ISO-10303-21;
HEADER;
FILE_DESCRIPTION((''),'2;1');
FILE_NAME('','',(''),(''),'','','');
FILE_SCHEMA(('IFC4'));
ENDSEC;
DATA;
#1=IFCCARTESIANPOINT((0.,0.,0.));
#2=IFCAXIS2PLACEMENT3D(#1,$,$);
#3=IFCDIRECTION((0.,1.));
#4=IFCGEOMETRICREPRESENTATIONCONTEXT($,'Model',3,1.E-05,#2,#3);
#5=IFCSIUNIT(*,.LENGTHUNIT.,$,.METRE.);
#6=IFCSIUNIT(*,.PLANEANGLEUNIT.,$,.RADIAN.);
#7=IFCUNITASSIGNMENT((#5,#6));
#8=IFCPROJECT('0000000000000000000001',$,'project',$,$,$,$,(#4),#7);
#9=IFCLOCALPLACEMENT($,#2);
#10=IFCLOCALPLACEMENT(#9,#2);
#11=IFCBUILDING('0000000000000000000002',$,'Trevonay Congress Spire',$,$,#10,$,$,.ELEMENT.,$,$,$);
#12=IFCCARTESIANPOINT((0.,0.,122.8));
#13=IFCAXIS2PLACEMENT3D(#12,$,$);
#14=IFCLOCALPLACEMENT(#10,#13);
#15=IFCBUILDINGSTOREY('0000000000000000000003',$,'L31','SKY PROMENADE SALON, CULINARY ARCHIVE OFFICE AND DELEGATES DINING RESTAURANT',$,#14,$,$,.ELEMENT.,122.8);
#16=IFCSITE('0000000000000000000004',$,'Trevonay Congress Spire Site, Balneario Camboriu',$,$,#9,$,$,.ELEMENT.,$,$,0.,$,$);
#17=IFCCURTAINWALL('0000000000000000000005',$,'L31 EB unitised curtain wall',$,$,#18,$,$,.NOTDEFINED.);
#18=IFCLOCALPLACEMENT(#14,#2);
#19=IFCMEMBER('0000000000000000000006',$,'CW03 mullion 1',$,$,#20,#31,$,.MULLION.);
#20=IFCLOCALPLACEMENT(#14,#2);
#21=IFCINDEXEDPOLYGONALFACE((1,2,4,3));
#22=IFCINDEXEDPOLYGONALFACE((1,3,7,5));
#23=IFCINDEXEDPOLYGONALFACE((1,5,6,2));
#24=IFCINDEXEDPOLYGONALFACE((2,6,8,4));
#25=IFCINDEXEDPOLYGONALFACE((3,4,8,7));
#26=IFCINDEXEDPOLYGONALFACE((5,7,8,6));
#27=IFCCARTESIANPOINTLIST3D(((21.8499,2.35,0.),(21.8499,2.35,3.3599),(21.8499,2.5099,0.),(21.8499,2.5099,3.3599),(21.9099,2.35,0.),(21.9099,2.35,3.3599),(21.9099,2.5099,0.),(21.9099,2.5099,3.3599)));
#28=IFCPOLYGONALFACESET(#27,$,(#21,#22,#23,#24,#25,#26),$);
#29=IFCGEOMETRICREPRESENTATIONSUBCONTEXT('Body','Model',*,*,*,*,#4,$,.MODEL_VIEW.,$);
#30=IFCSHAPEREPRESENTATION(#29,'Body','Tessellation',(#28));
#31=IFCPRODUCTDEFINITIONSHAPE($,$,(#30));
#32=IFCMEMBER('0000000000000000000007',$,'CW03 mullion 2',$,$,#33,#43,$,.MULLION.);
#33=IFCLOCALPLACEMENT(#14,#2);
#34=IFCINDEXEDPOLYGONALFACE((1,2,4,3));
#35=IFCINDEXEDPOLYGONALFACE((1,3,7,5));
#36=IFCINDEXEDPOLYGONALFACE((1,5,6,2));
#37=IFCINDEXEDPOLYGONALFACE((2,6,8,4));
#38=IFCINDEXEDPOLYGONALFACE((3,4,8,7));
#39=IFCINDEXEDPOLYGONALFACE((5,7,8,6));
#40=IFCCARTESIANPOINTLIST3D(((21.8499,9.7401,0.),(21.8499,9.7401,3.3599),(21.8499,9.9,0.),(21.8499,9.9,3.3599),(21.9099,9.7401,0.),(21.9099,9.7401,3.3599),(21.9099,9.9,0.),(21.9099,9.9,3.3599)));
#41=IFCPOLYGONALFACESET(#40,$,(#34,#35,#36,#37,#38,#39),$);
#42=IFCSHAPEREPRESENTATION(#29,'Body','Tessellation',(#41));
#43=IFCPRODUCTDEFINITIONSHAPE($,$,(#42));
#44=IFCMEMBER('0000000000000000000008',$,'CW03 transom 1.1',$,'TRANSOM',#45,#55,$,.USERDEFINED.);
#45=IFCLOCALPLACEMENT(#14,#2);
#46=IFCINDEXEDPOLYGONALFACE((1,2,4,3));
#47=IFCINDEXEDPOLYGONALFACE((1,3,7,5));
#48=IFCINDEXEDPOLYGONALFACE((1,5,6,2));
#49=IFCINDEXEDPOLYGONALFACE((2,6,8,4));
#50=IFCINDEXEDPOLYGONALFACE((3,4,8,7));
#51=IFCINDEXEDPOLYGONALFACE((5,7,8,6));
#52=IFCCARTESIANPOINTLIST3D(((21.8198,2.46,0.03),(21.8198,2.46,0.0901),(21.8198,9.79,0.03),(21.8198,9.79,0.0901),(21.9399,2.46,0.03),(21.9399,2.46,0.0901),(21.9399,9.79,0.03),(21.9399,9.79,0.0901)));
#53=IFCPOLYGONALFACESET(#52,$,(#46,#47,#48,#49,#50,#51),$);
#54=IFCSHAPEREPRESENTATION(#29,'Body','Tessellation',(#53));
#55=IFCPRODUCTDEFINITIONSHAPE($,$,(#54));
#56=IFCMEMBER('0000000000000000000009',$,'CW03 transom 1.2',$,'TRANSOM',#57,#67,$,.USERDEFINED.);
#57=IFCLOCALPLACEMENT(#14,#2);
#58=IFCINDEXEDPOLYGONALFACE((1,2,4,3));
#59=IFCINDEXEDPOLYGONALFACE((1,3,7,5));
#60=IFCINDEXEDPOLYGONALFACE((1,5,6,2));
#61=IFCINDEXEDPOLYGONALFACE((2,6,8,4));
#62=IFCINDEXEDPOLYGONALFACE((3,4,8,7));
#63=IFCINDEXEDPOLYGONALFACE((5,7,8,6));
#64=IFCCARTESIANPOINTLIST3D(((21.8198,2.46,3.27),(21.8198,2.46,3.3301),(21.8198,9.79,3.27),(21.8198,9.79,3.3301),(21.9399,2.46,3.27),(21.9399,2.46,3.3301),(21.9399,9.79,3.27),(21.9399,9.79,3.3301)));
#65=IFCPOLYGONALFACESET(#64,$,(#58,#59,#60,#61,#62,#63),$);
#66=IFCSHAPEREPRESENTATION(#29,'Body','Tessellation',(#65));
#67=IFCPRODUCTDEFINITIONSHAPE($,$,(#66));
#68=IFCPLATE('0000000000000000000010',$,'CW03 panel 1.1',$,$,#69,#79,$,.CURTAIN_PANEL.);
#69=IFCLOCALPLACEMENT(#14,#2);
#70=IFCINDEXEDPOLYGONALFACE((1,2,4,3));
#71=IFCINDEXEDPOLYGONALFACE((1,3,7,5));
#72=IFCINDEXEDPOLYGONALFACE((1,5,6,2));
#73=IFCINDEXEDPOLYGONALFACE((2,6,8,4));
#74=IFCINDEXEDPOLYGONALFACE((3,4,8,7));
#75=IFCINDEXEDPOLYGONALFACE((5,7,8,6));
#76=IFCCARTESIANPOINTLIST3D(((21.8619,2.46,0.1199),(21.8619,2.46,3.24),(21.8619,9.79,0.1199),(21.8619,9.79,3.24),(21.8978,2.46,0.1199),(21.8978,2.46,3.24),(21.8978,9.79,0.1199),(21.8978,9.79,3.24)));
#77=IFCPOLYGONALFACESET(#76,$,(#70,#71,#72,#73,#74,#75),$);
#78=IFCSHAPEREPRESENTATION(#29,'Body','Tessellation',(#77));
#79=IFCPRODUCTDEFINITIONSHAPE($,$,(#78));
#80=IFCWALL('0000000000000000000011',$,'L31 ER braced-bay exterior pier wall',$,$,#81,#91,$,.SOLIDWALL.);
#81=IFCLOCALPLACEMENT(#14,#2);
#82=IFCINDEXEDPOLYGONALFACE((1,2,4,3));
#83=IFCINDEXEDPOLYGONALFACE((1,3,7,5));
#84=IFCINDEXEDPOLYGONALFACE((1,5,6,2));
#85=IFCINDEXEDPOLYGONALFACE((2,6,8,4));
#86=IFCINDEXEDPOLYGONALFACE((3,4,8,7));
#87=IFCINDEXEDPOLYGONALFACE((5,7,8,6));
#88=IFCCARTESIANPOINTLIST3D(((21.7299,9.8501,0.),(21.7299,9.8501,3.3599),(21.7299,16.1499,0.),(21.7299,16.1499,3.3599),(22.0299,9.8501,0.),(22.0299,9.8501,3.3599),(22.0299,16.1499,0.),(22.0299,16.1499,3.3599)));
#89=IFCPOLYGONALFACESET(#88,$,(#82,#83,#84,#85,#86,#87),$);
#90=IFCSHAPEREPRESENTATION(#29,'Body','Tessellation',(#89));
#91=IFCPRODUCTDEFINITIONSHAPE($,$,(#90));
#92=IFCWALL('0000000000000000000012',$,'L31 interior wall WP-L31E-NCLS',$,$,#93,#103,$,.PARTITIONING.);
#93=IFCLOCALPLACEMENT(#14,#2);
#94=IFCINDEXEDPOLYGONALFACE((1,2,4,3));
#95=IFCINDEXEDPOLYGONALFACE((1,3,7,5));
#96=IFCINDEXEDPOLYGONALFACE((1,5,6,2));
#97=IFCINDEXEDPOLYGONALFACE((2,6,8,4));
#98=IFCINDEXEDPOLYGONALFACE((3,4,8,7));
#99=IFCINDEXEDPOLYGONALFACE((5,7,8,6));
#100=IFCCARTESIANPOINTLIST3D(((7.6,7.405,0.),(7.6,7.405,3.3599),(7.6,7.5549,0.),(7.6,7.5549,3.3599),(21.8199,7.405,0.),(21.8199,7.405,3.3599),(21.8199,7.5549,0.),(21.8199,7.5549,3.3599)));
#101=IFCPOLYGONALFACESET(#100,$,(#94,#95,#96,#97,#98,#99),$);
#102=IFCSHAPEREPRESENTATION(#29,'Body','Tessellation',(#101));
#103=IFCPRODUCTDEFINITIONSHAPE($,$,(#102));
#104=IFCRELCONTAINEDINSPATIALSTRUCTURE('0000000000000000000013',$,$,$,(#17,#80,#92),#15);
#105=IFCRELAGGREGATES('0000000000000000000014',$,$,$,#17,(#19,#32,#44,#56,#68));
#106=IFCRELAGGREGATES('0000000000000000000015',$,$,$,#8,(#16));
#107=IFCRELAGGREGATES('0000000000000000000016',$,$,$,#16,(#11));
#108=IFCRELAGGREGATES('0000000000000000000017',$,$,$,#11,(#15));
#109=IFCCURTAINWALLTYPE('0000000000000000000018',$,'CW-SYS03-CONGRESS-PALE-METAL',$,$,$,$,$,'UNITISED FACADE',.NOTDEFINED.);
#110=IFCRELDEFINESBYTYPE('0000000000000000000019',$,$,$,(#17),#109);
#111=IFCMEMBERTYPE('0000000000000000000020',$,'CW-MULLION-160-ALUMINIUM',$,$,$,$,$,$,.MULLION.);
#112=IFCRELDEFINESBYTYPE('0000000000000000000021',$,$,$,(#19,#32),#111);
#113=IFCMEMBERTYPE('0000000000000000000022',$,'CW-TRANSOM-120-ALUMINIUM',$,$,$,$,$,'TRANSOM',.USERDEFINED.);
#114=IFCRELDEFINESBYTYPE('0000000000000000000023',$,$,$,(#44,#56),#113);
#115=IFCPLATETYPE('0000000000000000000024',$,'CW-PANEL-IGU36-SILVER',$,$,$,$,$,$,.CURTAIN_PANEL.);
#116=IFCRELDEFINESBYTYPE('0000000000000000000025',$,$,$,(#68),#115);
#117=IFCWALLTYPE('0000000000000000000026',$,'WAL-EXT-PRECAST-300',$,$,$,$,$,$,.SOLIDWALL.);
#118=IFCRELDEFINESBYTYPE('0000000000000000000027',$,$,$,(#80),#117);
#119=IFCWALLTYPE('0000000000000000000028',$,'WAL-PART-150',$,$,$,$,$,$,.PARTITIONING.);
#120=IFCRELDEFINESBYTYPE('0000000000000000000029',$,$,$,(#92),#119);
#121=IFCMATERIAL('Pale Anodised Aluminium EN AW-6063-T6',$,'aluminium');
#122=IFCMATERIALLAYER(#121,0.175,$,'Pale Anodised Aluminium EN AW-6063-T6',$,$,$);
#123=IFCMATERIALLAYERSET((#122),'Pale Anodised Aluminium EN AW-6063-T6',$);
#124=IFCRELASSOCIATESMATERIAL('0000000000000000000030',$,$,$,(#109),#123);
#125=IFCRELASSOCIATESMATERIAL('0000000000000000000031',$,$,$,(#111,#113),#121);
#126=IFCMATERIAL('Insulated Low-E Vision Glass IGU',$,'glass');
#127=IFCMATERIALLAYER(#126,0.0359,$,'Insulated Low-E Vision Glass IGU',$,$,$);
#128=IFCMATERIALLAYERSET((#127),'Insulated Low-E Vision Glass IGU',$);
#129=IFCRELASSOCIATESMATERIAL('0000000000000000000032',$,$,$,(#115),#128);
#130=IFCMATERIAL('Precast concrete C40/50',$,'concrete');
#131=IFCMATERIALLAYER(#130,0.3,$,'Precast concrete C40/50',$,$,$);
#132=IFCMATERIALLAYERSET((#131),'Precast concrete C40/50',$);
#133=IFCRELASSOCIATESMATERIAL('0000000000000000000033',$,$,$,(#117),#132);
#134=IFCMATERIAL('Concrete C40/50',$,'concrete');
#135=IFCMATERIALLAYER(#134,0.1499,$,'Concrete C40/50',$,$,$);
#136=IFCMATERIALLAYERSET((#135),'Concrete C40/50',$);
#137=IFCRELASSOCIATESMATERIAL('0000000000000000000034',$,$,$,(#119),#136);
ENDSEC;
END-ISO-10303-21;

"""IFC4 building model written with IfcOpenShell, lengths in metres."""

from ifc_helpers import new_model, si_unit, direction, frame, frame_2d, origin, origin_2d, place, context, subcontext, project, spatial, rectangle, extrude, material, layer, layer_set, material_profile, profile_set, type_object, element, aggregate, save


model = new_model("IFC4")

# Units and contexts
model_context = context("Model", 3, precision=1e-05, world=origin(), true_north=direction((0.0, 1.0)))
body_context = subcontext(model_context, "Body", "Model", "MODEL_VIEW")
ifc_project = project(units=[si_unit("LENGTHUNIT", "METRE"), si_unit("PLANEANGLEUNIT", "RADIAN")], contexts=[model_context])

# Site, building, storey
site_placement = place(None, origin())
site = spatial("IfcSite", under=ifc_project, at=site_placement, Name="Trevonay Congress Spire Site, Balneario Camboriu", CompositionType="ELEMENT", RefElevation=0.0)
building_placement = place(site_placement, origin())
building = spatial("IfcBuilding", under=site, at=building_placement, Name="Trevonay Congress Spire", CompositionType="ELEMENT")
storey_placement = place(building_placement, frame((0.0, 0.0, 122.8)))
storey = spatial("IfcBuildingStorey", under=building, at=storey_placement, Name="L31", Description="SKY PROMENADE SALON, CULINARY ARCHIVE OFFICE AND DELEGATES DINING RESTAURANT", CompositionType="ELEMENT", Elevation=122.8)

# Curtain wall, members, plate
ifc_material_1 = material(Name="Pale Anodised Aluminium EN AW-6063-T6", Category="aluminium")
ifc_layer_1 = layer(ifc_material_1, 0.175, Name="Pale Anodised Aluminium EN AW-6063-T6")
ifc_layer_set_1 = layer_set([ifc_layer_1], Name="Pale Anodised Aluminium EN AW-6063-T6")
curtain_wall_type = type_object("IfcCurtainWallType", Name="CW-SYS03-CONGRESS-PALE-METAL", ElementType="UNITISED FACADE", PredefinedType="NOTDEFINED", material=ifc_layer_set_1)
curtain_wall_placement = place(storey_placement, origin())
curtain_wall = element("IfcCurtainWall", 1, at=curtain_wall_placement, inside=storey, type_object=curtain_wall_type, Name="L31 EB unitised curtain wall", PredefinedType="NOTDEFINED")
ifc_material_profile_1 = material_profile(ifc_material_1, rectangle(XDim=0.0601, YDim=0.1599, at=origin_2d()), Name="CW-MULLION-160-ALUMINIUM")
ifc_profile_set_1 = profile_set([ifc_material_profile_1], Name="Pale Anodised Aluminium EN AW-6063-T6")
member_type_1 = type_object("IfcMemberType", Name="CW-MULLION-160-ALUMINIUM", PredefinedType="MULLION", material=ifc_profile_set_1)
member_1_placement = place(storey_placement, frame((21.8799, 2.4299, 0.0), z_axis=(0.0, 0.0, 1.0), x_axis=(-1.0, 0.0, 0.0)))
member_1 = element("IfcMember", 2, at=member_1_placement, type_object=member_type_1, Name="CW03 mullion 1", PredefinedType="MULLION", context=body_context, shape_type="SweptSolid", body=[
    extrude(rectangle(XDim=0.0601, YDim=0.1599, at=origin_2d()), origin(), (0.0, 0.0, 1.0), 3.3599),
])
member_2_placement = place(storey_placement, frame((21.8799, 9.8201, 0.0), z_axis=(0.0, 0.0, 1.0), x_axis=(-1.0, 0.0, 0.0)))
member_2 = element("IfcMember", 3, at=member_2_placement, type_object=member_type_1, Name="CW03 mullion 2", PredefinedType="MULLION", context=body_context, shape_type="SweptSolid", body=[
    extrude(rectangle(XDim=0.0601, YDim=0.1599, at=origin_2d()), origin(), (0.0, 0.0, 1.0), 3.3599),
])
ifc_material_profile_2 = material_profile(ifc_material_1, rectangle(XDim=0.1201, YDim=0.0601, at=origin_2d()), Name="CW-TRANSOM-120-ALUMINIUM")
ifc_profile_set_2 = profile_set([ifc_material_profile_2], Name="Pale Anodised Aluminium EN AW-6063-T6")
member_type_2 = type_object("IfcMemberType", Name="CW-TRANSOM-120-ALUMINIUM", ElementType="TRANSOM", PredefinedType="USERDEFINED", material=ifc_profile_set_2)
member_3_placement = place(storey_placement, frame((21.8799, 2.46, 0.0601), z_axis=(0.0, 1.0, 0.0), x_axis=(-1.0, 0.0, 0.0)))
member_3 = element("IfcMember", 4, at=member_3_placement, type_object=member_type_2, Name="CW03 transom 1.1", ObjectType="TRANSOM", PredefinedType="USERDEFINED", context=body_context, shape_type="SweptSolid", body=[
    extrude(rectangle(XDim=0.1201, YDim=0.0601, at=origin_2d()), origin(), (0.0, 0.0, 1.0), 7.3301),
])
member_4_placement = place(storey_placement, frame((21.8799, 2.46, 3.3), z_axis=(0.0, 1.0, 0.0), x_axis=(-1.0, 0.0, 0.0)))
member_4 = element("IfcMember", 5, at=member_4_placement, type_object=member_type_2, Name="CW03 transom 1.2", ObjectType="TRANSOM", PredefinedType="USERDEFINED", context=body_context, shape_type="SweptSolid", body=[
    extrude(rectangle(XDim=0.1201, YDim=0.0601, at=origin_2d()), origin(), (0.0, 0.0, 1.0), 7.3301),
])
ifc_material_2 = material(Name="Insulated Low-E Vision Glass IGU", Category="glass")
ifc_layer_2 = layer(ifc_material_2, 0.0359, Name="Insulated Low-E Vision Glass IGU")
ifc_layer_set_2 = layer_set([ifc_layer_2], Name="Insulated Low-E Vision Glass IGU")
plate_type = type_object("IfcPlateType", Name="CW-PANEL-IGU36-SILVER", PredefinedType="CURTAIN_PANEL", material=ifc_layer_set_2)
plate_placement = place(storey_placement, frame((21.8799, 6.125, 0.1199), z_axis=(0.0, 0.0, 1.0), x_axis=(0.0, 1.0, 0.0)))
plate = element("IfcPlate", 6, at=plate_placement, type_object=plate_type, Name="CW03 panel 1.1", PredefinedType="CURTAIN_PANEL", context=body_context, shape_type="SweptSolid", body=[
    extrude(rectangle(XDim=7.3301, YDim=0.0359, at=origin_2d()), origin(), (0.0, 0.0, 1.0), 3.1201),
])
aggregate(curtain_wall, [member_1, member_2, member_3, member_4, plate])

# Walls
ifc_material_3 = material(Name="Precast concrete C40/50", Category="concrete")
ifc_layer_3 = layer(ifc_material_3, 0.3, Name="Precast concrete C40/50")
ifc_layer_set_3 = layer_set([ifc_layer_3], Name="Precast concrete C40/50")
wall_type_1 = type_object("IfcWallType", Name="WAL-EXT-PRECAST-300", PredefinedType="SOLIDWALL", material=ifc_layer_set_3)
wall_1_placement = place(storey_placement, frame((21.8799, 9.8501, 0.0), z_axis=(0.0, 0.0, 1.0), x_axis=(0.0, 1.0, 0.0)))
element("IfcWall", 7, at=wall_1_placement, inside=storey, type_object=wall_type_1, Name="L31 ER braced-bay exterior pier wall", PredefinedType="SOLIDWALL", context=body_context, shape_type="SweptSolid", body=[
    extrude(rectangle(XDim=6.2998, YDim=0.3, at=frame_2d((3.1499, 0.0))), origin(), (0.0, 0.0, 1.0), 3.3599),
])
ifc_material_4 = material(Name="Concrete C40/50", Category="concrete")
ifc_layer_4 = layer(ifc_material_4, 0.1499, Name="Concrete C40/50")
ifc_layer_set_4 = layer_set([ifc_layer_4], Name="Concrete C40/50")
wall_type_2 = type_object("IfcWallType", Name="WAL-PART-150", PredefinedType="PARTITIONING", material=ifc_layer_set_4)
wall_2_placement = place(storey_placement, frame((7.6001, 7.48, 0.0), z_axis=(0.0, 0.0, 1.0), x_axis=(1.0, 0.0, 0.0)))
element("IfcWall", 8, at=wall_2_placement, inside=storey, type_object=wall_type_2, Name="L31 interior wall WP-L31E-NCLS", PredefinedType="PARTITIONING", context=body_context, shape_type="SweptSolid", body=[
    extrude(rectangle(XDim=14.22, YDim=0.1499, at=frame_2d((7.1099, 0.0))), origin(), (0.0, 0.0, 1.0), 3.3599),
])

save(model, "model.ifc")
